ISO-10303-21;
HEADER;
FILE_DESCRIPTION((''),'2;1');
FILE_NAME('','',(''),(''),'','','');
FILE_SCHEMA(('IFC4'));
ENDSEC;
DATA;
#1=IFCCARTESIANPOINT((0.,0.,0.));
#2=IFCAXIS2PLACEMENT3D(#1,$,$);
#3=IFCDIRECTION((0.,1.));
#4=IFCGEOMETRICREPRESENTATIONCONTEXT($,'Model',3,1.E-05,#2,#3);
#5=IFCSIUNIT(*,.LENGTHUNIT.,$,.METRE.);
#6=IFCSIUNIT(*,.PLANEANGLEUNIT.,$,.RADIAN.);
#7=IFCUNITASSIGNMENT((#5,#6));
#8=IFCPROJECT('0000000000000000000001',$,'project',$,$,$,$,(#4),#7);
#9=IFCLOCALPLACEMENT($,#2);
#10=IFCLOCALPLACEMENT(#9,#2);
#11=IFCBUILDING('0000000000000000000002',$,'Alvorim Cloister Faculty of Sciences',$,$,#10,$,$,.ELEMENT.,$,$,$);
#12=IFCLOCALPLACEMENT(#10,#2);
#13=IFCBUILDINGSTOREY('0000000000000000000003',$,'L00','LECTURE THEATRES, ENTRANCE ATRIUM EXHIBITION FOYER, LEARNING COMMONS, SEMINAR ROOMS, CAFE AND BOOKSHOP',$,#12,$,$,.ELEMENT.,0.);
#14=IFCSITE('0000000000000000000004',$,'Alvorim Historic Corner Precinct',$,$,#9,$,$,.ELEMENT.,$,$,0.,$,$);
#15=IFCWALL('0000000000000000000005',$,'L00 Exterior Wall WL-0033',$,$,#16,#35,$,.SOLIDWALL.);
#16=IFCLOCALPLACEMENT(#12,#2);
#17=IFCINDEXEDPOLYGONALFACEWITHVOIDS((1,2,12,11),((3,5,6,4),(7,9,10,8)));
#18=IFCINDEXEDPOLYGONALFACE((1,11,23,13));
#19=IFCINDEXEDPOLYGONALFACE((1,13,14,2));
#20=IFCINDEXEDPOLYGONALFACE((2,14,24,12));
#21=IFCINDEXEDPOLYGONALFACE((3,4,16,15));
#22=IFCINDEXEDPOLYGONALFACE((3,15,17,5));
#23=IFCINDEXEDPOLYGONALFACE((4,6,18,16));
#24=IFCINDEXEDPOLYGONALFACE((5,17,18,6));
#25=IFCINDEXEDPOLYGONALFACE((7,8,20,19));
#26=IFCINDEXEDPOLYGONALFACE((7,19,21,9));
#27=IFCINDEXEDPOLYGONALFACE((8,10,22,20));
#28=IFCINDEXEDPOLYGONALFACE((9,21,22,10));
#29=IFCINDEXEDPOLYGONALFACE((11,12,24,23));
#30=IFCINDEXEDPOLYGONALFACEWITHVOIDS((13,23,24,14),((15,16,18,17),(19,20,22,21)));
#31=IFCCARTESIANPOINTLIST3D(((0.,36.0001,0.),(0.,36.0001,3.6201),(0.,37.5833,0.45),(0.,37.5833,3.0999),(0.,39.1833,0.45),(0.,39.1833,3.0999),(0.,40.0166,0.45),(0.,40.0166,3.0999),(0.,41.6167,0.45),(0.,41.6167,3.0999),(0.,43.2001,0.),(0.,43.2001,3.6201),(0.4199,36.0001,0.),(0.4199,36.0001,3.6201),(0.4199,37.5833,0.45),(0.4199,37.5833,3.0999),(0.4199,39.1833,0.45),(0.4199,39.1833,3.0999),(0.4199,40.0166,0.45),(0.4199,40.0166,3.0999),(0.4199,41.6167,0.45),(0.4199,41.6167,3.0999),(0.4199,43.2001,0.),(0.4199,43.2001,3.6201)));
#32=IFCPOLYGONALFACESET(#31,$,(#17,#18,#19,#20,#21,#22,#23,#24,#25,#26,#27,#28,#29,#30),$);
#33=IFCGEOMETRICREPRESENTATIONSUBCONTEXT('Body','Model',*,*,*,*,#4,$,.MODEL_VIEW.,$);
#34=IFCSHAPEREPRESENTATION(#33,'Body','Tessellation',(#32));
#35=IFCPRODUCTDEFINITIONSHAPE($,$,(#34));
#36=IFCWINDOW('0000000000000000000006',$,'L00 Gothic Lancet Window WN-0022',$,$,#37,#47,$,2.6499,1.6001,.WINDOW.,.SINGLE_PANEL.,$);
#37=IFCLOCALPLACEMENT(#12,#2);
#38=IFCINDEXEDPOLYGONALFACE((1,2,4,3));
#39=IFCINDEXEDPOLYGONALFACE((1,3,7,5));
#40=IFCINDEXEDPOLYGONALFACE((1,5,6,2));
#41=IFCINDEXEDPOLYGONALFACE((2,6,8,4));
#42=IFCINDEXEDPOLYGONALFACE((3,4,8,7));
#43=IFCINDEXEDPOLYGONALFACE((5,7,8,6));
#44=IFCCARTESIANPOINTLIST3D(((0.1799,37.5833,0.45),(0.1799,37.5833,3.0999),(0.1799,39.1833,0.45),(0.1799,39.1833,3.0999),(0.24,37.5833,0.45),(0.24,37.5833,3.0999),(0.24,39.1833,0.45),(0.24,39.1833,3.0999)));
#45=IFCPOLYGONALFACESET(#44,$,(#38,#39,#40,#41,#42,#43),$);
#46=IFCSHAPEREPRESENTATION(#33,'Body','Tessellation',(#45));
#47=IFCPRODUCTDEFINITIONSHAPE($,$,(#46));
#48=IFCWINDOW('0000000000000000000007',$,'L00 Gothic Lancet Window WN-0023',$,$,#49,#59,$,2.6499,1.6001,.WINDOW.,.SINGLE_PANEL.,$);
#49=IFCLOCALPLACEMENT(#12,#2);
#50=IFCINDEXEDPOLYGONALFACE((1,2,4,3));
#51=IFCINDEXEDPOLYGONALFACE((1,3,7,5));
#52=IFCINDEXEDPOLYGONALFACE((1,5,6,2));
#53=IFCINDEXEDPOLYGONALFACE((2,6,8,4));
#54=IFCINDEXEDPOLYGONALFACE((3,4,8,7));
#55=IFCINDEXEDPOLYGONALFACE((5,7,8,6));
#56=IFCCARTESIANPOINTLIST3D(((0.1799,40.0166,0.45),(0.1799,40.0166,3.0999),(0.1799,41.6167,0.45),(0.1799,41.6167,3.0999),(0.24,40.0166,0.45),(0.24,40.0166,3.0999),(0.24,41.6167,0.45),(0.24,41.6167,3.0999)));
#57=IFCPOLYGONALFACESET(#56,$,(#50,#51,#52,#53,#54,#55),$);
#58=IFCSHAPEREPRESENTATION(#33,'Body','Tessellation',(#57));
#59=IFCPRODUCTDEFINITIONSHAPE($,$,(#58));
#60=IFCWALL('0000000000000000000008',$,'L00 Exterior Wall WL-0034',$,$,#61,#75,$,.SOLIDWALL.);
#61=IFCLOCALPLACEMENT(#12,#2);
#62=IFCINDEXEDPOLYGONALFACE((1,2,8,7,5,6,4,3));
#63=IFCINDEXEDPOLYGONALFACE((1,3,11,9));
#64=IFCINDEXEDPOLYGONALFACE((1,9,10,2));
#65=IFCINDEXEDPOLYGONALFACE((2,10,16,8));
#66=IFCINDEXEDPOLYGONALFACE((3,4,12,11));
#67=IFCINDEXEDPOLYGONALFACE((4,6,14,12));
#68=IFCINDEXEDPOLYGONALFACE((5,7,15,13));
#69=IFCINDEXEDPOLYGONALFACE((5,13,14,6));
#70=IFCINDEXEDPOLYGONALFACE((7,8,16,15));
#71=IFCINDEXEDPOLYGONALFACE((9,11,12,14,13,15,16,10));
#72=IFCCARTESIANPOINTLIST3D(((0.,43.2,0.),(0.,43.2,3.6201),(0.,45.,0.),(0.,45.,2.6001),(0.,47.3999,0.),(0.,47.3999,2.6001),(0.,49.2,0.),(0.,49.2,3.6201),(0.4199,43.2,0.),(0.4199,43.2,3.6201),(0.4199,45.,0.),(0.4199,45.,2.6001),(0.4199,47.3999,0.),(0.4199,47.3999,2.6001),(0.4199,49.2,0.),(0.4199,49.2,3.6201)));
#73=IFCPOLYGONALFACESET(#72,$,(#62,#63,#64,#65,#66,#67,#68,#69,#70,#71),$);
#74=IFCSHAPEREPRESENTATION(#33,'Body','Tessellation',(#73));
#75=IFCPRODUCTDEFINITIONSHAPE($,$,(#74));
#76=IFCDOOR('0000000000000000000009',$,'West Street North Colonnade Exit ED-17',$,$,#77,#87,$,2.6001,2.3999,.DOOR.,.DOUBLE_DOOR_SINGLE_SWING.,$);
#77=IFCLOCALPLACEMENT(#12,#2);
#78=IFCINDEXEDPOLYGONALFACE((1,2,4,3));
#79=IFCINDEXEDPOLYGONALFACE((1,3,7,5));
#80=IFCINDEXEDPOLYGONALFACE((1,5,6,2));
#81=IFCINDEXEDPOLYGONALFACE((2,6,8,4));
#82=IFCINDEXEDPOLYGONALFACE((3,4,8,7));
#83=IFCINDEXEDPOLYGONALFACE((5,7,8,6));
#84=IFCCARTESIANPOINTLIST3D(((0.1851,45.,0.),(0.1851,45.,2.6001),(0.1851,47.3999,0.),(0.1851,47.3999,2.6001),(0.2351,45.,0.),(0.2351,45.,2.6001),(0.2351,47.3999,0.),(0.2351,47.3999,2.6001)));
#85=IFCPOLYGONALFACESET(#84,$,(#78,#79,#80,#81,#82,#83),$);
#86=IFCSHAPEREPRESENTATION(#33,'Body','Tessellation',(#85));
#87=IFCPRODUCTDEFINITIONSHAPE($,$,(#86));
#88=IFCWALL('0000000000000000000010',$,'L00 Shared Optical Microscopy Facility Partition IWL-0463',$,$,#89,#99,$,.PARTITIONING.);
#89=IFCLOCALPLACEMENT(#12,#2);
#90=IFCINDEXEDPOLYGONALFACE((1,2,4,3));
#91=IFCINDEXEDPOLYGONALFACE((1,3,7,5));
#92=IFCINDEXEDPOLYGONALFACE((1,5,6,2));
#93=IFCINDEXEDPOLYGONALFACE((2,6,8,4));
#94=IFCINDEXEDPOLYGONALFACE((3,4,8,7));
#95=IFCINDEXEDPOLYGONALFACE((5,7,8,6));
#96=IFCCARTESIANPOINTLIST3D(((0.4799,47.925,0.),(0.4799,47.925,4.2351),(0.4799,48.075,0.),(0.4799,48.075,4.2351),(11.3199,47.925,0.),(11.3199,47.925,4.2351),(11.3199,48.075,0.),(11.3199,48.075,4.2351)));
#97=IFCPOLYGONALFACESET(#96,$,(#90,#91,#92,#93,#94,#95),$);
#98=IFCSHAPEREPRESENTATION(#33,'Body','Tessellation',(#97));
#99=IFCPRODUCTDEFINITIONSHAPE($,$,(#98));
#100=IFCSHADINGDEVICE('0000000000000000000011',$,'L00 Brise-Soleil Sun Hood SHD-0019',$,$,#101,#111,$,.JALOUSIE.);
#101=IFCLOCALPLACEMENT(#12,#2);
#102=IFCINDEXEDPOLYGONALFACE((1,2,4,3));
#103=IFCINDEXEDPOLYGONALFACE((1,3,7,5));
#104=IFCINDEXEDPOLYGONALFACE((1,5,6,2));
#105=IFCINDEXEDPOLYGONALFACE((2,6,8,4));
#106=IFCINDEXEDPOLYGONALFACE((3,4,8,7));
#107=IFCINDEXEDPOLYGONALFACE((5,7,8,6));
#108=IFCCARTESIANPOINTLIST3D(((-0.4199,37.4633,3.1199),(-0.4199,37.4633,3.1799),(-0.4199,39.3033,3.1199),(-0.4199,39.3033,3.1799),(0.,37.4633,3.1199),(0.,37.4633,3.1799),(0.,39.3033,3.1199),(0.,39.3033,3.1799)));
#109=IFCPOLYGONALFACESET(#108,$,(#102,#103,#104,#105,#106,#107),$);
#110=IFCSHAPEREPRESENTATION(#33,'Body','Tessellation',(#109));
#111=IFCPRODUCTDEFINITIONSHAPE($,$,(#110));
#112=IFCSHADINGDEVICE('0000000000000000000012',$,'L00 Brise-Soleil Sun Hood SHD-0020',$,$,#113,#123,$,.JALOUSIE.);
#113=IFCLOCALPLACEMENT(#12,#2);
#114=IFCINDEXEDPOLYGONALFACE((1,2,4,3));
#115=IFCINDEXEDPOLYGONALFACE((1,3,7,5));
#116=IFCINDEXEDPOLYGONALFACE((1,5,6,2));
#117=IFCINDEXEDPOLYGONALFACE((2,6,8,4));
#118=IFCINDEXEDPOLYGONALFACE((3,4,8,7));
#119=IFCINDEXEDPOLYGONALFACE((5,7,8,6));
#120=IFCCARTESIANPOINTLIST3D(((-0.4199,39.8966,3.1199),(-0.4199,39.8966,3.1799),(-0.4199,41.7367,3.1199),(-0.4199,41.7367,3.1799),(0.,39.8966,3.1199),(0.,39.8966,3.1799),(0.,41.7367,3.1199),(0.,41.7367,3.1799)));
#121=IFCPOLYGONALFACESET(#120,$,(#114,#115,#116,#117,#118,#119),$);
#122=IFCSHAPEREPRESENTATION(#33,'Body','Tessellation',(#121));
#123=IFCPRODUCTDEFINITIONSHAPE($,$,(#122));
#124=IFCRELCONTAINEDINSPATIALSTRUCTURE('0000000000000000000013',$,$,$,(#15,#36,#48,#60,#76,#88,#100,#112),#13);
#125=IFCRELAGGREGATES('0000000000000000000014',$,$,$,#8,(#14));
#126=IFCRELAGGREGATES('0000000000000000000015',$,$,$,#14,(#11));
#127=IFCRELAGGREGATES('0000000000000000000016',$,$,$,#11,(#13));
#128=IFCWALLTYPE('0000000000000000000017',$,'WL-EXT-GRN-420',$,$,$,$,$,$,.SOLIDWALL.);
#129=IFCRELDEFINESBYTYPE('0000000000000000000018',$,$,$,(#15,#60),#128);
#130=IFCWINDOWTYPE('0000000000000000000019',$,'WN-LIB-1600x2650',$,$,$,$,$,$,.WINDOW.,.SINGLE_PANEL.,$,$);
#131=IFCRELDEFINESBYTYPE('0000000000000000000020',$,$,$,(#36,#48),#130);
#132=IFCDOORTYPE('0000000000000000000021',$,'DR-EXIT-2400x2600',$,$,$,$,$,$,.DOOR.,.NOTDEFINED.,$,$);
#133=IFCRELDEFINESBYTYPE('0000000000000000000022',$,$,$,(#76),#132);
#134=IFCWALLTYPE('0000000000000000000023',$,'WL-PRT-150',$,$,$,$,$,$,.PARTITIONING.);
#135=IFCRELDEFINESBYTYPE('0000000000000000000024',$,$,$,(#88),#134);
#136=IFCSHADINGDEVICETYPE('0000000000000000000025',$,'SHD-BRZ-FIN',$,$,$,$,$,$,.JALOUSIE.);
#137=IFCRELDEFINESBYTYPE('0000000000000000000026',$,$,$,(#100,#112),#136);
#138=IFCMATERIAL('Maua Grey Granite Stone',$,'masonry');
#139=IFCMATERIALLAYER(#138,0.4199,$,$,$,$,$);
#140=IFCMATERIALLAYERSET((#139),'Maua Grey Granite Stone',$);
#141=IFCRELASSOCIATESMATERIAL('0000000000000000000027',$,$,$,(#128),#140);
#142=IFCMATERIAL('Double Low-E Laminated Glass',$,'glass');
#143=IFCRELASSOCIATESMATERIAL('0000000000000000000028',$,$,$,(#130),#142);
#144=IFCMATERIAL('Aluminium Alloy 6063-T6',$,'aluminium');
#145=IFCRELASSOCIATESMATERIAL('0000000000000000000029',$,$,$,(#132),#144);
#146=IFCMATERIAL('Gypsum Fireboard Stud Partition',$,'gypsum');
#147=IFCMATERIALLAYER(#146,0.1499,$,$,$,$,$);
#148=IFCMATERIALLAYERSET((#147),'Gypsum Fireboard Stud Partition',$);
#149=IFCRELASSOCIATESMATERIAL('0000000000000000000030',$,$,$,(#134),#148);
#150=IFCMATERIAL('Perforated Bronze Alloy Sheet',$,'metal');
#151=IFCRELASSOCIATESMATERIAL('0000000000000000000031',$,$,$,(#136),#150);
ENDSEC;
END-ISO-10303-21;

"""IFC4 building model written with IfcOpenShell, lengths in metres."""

from ifc_helpers import new_model, si_unit, direction, frame, frame_2d, origin, origin_2d, place, context, subcontext, project, spatial, rectangle, extrude, material, layer, layer_set, type_object, element, fill, save


model = new_model("IFC4")

# Units and contexts
model_context = context("Model", 3, precision=1e-05, world=origin(), true_north=direction((0.0, 1.0)))
body_context = subcontext(model_context, "Body", "Model", "MODEL_VIEW")
ifc_project = project(units=[si_unit("LENGTHUNIT", "METRE"), si_unit("PLANEANGLEUNIT", "RADIAN")], contexts=[model_context])

# Site, building, storey
site_placement = place(None, origin())
site = spatial("IfcSite", under=ifc_project, at=site_placement, Name="Alvorim Historic Corner Precinct", CompositionType="ELEMENT", RefElevation=0.0)
building_placement = place(site_placement, origin())
building = spatial("IfcBuilding", under=site, at=building_placement, Name="Alvorim Cloister Faculty of Sciences", CompositionType="ELEMENT")
storey_placement = place(building_placement, origin())
storey = spatial("IfcBuildingStorey", under=building, at=storey_placement, Name="L00", Description="LECTURE THEATRES, ENTRANCE ATRIUM EXHIBITION FOYER, LEARNING COMMONS, SEMINAR ROOMS, CAFE AND BOOKSHOP", CompositionType="ELEMENT", Elevation=0.0)

# Shared definitions
ifc_material_1 = material(Name="Maua Grey Granite Stone", Category="masonry")

# Wall, openings, windows
ifc_layer_1 = layer(ifc_material_1, 0.4199)
ifc_layer_set_1 = layer_set([ifc_layer_1], Name="Maua Grey Granite Stone")
wall_type_1 = type_object("IfcWallType", Name="WL-EXT-GRN-420", PredefinedType="SOLIDWALL", material=ifc_layer_set_1)
wall_1_placement = place(storey_placement, frame((0.21, 36.0, 0.0), z_axis=(0.0, 0.0, 1.0), x_axis=(0.0, 1.0, 0.0)))
wall_1 = element("IfcWall", 1, at=wall_1_placement, inside=storey, type_object=wall_type_1, Name="L00 Exterior Wall WL-0033", PredefinedType="SOLIDWALL", context=body_context, shape_type="SweptSolid", body=[
    extrude(rectangle(XDim=7.2, YDim=0.4199, at=frame_2d((3.6001, 0.0))), origin(), (0.0, 0.0, 1.0), 3.6201),
])
opening_1_placement = place(wall_1_placement, frame((1.5833, 0.0, 0.45)))
opening_1 = element("IfcOpeningElement", 2, at=opening_1_placement, cuts=wall_1, PredefinedType="OPENING", context=body_context, shape_type="SweptSolid", body=[
    extrude(rectangle(XDim=1.6001, YDim=2.6499, at=frame_2d((0.8, 1.325))), frame((0.0, 0.2219, 0.0), z_axis=(0.0, -1.0, 0.0), x_axis=(1.0, 0.0, 0.0)), (0.0, 0.0, 1.0), 0.4438),
])
opening_2_placement = place(wall_1_placement, frame((4.0166, 0.0, 0.45)))
opening_2 = element("IfcOpeningElement", 3, at=opening_2_placement, cuts=wall_1, PredefinedType="OPENING", context=body_context, shape_type="SweptSolid", body=[
    extrude(rectangle(XDim=1.6001, YDim=2.6499, at=frame_2d((0.8, 1.325))), frame((0.0, 0.2219, 0.0), z_axis=(0.0, -1.0, 0.0), x_axis=(1.0, 0.0, 0.0)), (0.0, 0.0, 1.0), 0.4438),
])
ifc_material_2 = material(Name="Double Low-E Laminated Glass", Category="glass")
window_type = type_object("IfcWindowType", Name="WN-LIB-1600x2650", PartitioningType="SINGLE_PANEL", PredefinedType="WINDOW", material=ifc_material_2)
window_1_placement = place(opening_1_placement, origin())
window_1 = element("IfcWindow", 4, at=window_1_placement, inside=storey, type_object=window_type, Name="L00 Gothic Lancet Window WN-0022", OverallHeight=2.6499, OverallWidth=1.6001, PartitioningType="SINGLE_PANEL", PredefinedType="WINDOW", context=body_context, shape_type="SweptSolid", body=[
    extrude(rectangle(XDim=1.6001, YDim=2.6499, at=frame_2d((0.8, 1.325))), frame((0.0, 0.03, 0.0), z_axis=(0.0, -1.0, 0.0), x_axis=(1.0, 0.0, 0.0)), (0.0, 0.0, 1.0), 0.0601),
])
fill(opening_1, window_1)
window_2_placement = place(opening_2_placement, origin())
window_2 = element("IfcWindow", 5, at=window_2_placement, inside=storey, type_object=window_type, Name="L00 Gothic Lancet Window WN-0023", OverallHeight=2.6499, OverallWidth=1.6001, PartitioningType="SINGLE_PANEL", PredefinedType="WINDOW", context=body_context, shape_type="SweptSolid", body=[
    extrude(rectangle(XDim=1.6001, YDim=2.6499, at=frame_2d((0.8, 1.325))), frame((0.0, 0.03, 0.0), z_axis=(0.0, -1.0, 0.0), x_axis=(1.0, 0.0, 0.0)), (0.0, 0.0, 1.0), 0.0601),
])
fill(opening_2, window_2)

# Wall, opening, door
wall_2_placement = place(storey_placement, frame((0.21, 43.2, 0.0), z_axis=(0.0, 0.0, 1.0), x_axis=(0.0, 1.0, 0.0)))
wall_2 = element("IfcWall", 6, at=wall_2_placement, inside=storey, type_object=wall_type_1, Name="L00 Exterior Wall WL-0034", PredefinedType="SOLIDWALL", context=body_context, shape_type="SweptSolid", body=[
    extrude(rectangle(XDim=6.0, YDim=0.4199, at=frame_2d((3.0, 0.0))), origin(), (0.0, 0.0, 1.0), 3.6201),
])
opening_3_placement = place(wall_2_placement, frame((1.8, 0.0, 0.0)))
opening_3 = element("IfcOpeningElement", 7, at=opening_3_placement, cuts=wall_2, PredefinedType="OPENING", context=body_context, shape_type="SweptSolid", body=[
    extrude(rectangle(XDim=2.3999, YDim=2.6001, at=frame_2d((1.2, 1.3))), frame((0.0, 0.2219, 0.0), z_axis=(0.0, -1.0, 0.0), x_axis=(1.0, 0.0, 0.0)), (0.0, 0.0, 1.0), 0.4438),
])
ifc_material_3 = material(Name="Aluminium Alloy 6063-T6", Category="aluminium")
door_type = type_object("IfcDoorType", Name="DR-EXIT-2400x2600", OperationType="NOTDEFINED", PredefinedType="DOOR", material=ifc_material_3)
door_placement = place(opening_3_placement, origin())
door = element("IfcDoor", 8, at=door_placement, inside=storey, type_object=door_type, Name="West Street North Colonnade Exit ED-17", OperationType="DOUBLE_DOOR_SINGLE_SWING", OverallHeight=2.6001, OverallWidth=2.3999, PredefinedType="DOOR", context=body_context, shape_type="SweptSolid", body=[
    extrude(rectangle(XDim=2.3999, YDim=2.6001, at=frame_2d((1.2, 1.3))), frame((0.0, 0.0249, 0.0), z_axis=(0.0, -1.0, 0.0), x_axis=(1.0, 0.0, 0.0)), (0.0, 0.0, 1.0), 0.05),
])
fill(opening_3, door)

# Wall
ifc_material_4 = material(Name="Gypsum Fireboard Stud Partition", Category="gypsum")
ifc_layer_2 = layer(ifc_material_4, 0.1499)
ifc_layer_set_2 = layer_set([ifc_layer_2], Name="Gypsum Fireboard Stud Partition")
wall_type_2 = type_object("IfcWallType", Name="WL-PRT-150", PredefinedType="PARTITIONING", material=ifc_layer_set_2)
wall_3_placement = place(storey_placement, frame((0.48, 48.0, 0.0), z_axis=(0.0, 0.0, 1.0), x_axis=(1.0, 0.0, 0.0)))
element("IfcWall", 9, at=wall_3_placement, inside=storey, type_object=wall_type_2, Name="L00 Shared Optical Microscopy Facility Partition IWL-0463", PredefinedType="PARTITIONING", context=body_context, shape_type="SweptSolid", body=[
    extrude(rectangle(XDim=10.8401, YDim=0.1499, at=frame_2d((5.4199, 0.0))), origin(), (0.0, 0.0, 1.0), 4.2351),
])

# Shading devices
ifc_material_5 = material(Name="Perforated Bronze Alloy Sheet", Category="metal")
shading_device_type = type_object("IfcShadingDeviceType", Name="SHD-BRZ-FIN", PredefinedType="JALOUSIE", material=ifc_material_5)
for number, where, z_axis, x_axis, name in (
    (10, (-0.21, 38.3833, 3.1199), (0.0, 0.0, 1.0), (1.0, 0.0, 0.0), "L00 Brise-Soleil Sun Hood SHD-0019"),
    (11, (-0.21, 40.8167, 3.1199), (0.0, 0.0, 1.0), (1.0, 0.0, 0.0), "L00 Brise-Soleil Sun Hood SHD-0020"),
):
    element("IfcShadingDevice", number, at=place(storey_placement, frame(where, z_axis=z_axis, x_axis=x_axis)), inside=storey, type_object=shading_device_type, Name=name, PredefinedType="JALOUSIE", context=body_context, shape_type="SweptSolid", body=[
        extrude(rectangle(XDim=0.4199, YDim=1.8401, at=origin_2d()), origin(), (0.0, 0.0, 1.0), 0.0601),
    ])

save(model, "model.ifc")
